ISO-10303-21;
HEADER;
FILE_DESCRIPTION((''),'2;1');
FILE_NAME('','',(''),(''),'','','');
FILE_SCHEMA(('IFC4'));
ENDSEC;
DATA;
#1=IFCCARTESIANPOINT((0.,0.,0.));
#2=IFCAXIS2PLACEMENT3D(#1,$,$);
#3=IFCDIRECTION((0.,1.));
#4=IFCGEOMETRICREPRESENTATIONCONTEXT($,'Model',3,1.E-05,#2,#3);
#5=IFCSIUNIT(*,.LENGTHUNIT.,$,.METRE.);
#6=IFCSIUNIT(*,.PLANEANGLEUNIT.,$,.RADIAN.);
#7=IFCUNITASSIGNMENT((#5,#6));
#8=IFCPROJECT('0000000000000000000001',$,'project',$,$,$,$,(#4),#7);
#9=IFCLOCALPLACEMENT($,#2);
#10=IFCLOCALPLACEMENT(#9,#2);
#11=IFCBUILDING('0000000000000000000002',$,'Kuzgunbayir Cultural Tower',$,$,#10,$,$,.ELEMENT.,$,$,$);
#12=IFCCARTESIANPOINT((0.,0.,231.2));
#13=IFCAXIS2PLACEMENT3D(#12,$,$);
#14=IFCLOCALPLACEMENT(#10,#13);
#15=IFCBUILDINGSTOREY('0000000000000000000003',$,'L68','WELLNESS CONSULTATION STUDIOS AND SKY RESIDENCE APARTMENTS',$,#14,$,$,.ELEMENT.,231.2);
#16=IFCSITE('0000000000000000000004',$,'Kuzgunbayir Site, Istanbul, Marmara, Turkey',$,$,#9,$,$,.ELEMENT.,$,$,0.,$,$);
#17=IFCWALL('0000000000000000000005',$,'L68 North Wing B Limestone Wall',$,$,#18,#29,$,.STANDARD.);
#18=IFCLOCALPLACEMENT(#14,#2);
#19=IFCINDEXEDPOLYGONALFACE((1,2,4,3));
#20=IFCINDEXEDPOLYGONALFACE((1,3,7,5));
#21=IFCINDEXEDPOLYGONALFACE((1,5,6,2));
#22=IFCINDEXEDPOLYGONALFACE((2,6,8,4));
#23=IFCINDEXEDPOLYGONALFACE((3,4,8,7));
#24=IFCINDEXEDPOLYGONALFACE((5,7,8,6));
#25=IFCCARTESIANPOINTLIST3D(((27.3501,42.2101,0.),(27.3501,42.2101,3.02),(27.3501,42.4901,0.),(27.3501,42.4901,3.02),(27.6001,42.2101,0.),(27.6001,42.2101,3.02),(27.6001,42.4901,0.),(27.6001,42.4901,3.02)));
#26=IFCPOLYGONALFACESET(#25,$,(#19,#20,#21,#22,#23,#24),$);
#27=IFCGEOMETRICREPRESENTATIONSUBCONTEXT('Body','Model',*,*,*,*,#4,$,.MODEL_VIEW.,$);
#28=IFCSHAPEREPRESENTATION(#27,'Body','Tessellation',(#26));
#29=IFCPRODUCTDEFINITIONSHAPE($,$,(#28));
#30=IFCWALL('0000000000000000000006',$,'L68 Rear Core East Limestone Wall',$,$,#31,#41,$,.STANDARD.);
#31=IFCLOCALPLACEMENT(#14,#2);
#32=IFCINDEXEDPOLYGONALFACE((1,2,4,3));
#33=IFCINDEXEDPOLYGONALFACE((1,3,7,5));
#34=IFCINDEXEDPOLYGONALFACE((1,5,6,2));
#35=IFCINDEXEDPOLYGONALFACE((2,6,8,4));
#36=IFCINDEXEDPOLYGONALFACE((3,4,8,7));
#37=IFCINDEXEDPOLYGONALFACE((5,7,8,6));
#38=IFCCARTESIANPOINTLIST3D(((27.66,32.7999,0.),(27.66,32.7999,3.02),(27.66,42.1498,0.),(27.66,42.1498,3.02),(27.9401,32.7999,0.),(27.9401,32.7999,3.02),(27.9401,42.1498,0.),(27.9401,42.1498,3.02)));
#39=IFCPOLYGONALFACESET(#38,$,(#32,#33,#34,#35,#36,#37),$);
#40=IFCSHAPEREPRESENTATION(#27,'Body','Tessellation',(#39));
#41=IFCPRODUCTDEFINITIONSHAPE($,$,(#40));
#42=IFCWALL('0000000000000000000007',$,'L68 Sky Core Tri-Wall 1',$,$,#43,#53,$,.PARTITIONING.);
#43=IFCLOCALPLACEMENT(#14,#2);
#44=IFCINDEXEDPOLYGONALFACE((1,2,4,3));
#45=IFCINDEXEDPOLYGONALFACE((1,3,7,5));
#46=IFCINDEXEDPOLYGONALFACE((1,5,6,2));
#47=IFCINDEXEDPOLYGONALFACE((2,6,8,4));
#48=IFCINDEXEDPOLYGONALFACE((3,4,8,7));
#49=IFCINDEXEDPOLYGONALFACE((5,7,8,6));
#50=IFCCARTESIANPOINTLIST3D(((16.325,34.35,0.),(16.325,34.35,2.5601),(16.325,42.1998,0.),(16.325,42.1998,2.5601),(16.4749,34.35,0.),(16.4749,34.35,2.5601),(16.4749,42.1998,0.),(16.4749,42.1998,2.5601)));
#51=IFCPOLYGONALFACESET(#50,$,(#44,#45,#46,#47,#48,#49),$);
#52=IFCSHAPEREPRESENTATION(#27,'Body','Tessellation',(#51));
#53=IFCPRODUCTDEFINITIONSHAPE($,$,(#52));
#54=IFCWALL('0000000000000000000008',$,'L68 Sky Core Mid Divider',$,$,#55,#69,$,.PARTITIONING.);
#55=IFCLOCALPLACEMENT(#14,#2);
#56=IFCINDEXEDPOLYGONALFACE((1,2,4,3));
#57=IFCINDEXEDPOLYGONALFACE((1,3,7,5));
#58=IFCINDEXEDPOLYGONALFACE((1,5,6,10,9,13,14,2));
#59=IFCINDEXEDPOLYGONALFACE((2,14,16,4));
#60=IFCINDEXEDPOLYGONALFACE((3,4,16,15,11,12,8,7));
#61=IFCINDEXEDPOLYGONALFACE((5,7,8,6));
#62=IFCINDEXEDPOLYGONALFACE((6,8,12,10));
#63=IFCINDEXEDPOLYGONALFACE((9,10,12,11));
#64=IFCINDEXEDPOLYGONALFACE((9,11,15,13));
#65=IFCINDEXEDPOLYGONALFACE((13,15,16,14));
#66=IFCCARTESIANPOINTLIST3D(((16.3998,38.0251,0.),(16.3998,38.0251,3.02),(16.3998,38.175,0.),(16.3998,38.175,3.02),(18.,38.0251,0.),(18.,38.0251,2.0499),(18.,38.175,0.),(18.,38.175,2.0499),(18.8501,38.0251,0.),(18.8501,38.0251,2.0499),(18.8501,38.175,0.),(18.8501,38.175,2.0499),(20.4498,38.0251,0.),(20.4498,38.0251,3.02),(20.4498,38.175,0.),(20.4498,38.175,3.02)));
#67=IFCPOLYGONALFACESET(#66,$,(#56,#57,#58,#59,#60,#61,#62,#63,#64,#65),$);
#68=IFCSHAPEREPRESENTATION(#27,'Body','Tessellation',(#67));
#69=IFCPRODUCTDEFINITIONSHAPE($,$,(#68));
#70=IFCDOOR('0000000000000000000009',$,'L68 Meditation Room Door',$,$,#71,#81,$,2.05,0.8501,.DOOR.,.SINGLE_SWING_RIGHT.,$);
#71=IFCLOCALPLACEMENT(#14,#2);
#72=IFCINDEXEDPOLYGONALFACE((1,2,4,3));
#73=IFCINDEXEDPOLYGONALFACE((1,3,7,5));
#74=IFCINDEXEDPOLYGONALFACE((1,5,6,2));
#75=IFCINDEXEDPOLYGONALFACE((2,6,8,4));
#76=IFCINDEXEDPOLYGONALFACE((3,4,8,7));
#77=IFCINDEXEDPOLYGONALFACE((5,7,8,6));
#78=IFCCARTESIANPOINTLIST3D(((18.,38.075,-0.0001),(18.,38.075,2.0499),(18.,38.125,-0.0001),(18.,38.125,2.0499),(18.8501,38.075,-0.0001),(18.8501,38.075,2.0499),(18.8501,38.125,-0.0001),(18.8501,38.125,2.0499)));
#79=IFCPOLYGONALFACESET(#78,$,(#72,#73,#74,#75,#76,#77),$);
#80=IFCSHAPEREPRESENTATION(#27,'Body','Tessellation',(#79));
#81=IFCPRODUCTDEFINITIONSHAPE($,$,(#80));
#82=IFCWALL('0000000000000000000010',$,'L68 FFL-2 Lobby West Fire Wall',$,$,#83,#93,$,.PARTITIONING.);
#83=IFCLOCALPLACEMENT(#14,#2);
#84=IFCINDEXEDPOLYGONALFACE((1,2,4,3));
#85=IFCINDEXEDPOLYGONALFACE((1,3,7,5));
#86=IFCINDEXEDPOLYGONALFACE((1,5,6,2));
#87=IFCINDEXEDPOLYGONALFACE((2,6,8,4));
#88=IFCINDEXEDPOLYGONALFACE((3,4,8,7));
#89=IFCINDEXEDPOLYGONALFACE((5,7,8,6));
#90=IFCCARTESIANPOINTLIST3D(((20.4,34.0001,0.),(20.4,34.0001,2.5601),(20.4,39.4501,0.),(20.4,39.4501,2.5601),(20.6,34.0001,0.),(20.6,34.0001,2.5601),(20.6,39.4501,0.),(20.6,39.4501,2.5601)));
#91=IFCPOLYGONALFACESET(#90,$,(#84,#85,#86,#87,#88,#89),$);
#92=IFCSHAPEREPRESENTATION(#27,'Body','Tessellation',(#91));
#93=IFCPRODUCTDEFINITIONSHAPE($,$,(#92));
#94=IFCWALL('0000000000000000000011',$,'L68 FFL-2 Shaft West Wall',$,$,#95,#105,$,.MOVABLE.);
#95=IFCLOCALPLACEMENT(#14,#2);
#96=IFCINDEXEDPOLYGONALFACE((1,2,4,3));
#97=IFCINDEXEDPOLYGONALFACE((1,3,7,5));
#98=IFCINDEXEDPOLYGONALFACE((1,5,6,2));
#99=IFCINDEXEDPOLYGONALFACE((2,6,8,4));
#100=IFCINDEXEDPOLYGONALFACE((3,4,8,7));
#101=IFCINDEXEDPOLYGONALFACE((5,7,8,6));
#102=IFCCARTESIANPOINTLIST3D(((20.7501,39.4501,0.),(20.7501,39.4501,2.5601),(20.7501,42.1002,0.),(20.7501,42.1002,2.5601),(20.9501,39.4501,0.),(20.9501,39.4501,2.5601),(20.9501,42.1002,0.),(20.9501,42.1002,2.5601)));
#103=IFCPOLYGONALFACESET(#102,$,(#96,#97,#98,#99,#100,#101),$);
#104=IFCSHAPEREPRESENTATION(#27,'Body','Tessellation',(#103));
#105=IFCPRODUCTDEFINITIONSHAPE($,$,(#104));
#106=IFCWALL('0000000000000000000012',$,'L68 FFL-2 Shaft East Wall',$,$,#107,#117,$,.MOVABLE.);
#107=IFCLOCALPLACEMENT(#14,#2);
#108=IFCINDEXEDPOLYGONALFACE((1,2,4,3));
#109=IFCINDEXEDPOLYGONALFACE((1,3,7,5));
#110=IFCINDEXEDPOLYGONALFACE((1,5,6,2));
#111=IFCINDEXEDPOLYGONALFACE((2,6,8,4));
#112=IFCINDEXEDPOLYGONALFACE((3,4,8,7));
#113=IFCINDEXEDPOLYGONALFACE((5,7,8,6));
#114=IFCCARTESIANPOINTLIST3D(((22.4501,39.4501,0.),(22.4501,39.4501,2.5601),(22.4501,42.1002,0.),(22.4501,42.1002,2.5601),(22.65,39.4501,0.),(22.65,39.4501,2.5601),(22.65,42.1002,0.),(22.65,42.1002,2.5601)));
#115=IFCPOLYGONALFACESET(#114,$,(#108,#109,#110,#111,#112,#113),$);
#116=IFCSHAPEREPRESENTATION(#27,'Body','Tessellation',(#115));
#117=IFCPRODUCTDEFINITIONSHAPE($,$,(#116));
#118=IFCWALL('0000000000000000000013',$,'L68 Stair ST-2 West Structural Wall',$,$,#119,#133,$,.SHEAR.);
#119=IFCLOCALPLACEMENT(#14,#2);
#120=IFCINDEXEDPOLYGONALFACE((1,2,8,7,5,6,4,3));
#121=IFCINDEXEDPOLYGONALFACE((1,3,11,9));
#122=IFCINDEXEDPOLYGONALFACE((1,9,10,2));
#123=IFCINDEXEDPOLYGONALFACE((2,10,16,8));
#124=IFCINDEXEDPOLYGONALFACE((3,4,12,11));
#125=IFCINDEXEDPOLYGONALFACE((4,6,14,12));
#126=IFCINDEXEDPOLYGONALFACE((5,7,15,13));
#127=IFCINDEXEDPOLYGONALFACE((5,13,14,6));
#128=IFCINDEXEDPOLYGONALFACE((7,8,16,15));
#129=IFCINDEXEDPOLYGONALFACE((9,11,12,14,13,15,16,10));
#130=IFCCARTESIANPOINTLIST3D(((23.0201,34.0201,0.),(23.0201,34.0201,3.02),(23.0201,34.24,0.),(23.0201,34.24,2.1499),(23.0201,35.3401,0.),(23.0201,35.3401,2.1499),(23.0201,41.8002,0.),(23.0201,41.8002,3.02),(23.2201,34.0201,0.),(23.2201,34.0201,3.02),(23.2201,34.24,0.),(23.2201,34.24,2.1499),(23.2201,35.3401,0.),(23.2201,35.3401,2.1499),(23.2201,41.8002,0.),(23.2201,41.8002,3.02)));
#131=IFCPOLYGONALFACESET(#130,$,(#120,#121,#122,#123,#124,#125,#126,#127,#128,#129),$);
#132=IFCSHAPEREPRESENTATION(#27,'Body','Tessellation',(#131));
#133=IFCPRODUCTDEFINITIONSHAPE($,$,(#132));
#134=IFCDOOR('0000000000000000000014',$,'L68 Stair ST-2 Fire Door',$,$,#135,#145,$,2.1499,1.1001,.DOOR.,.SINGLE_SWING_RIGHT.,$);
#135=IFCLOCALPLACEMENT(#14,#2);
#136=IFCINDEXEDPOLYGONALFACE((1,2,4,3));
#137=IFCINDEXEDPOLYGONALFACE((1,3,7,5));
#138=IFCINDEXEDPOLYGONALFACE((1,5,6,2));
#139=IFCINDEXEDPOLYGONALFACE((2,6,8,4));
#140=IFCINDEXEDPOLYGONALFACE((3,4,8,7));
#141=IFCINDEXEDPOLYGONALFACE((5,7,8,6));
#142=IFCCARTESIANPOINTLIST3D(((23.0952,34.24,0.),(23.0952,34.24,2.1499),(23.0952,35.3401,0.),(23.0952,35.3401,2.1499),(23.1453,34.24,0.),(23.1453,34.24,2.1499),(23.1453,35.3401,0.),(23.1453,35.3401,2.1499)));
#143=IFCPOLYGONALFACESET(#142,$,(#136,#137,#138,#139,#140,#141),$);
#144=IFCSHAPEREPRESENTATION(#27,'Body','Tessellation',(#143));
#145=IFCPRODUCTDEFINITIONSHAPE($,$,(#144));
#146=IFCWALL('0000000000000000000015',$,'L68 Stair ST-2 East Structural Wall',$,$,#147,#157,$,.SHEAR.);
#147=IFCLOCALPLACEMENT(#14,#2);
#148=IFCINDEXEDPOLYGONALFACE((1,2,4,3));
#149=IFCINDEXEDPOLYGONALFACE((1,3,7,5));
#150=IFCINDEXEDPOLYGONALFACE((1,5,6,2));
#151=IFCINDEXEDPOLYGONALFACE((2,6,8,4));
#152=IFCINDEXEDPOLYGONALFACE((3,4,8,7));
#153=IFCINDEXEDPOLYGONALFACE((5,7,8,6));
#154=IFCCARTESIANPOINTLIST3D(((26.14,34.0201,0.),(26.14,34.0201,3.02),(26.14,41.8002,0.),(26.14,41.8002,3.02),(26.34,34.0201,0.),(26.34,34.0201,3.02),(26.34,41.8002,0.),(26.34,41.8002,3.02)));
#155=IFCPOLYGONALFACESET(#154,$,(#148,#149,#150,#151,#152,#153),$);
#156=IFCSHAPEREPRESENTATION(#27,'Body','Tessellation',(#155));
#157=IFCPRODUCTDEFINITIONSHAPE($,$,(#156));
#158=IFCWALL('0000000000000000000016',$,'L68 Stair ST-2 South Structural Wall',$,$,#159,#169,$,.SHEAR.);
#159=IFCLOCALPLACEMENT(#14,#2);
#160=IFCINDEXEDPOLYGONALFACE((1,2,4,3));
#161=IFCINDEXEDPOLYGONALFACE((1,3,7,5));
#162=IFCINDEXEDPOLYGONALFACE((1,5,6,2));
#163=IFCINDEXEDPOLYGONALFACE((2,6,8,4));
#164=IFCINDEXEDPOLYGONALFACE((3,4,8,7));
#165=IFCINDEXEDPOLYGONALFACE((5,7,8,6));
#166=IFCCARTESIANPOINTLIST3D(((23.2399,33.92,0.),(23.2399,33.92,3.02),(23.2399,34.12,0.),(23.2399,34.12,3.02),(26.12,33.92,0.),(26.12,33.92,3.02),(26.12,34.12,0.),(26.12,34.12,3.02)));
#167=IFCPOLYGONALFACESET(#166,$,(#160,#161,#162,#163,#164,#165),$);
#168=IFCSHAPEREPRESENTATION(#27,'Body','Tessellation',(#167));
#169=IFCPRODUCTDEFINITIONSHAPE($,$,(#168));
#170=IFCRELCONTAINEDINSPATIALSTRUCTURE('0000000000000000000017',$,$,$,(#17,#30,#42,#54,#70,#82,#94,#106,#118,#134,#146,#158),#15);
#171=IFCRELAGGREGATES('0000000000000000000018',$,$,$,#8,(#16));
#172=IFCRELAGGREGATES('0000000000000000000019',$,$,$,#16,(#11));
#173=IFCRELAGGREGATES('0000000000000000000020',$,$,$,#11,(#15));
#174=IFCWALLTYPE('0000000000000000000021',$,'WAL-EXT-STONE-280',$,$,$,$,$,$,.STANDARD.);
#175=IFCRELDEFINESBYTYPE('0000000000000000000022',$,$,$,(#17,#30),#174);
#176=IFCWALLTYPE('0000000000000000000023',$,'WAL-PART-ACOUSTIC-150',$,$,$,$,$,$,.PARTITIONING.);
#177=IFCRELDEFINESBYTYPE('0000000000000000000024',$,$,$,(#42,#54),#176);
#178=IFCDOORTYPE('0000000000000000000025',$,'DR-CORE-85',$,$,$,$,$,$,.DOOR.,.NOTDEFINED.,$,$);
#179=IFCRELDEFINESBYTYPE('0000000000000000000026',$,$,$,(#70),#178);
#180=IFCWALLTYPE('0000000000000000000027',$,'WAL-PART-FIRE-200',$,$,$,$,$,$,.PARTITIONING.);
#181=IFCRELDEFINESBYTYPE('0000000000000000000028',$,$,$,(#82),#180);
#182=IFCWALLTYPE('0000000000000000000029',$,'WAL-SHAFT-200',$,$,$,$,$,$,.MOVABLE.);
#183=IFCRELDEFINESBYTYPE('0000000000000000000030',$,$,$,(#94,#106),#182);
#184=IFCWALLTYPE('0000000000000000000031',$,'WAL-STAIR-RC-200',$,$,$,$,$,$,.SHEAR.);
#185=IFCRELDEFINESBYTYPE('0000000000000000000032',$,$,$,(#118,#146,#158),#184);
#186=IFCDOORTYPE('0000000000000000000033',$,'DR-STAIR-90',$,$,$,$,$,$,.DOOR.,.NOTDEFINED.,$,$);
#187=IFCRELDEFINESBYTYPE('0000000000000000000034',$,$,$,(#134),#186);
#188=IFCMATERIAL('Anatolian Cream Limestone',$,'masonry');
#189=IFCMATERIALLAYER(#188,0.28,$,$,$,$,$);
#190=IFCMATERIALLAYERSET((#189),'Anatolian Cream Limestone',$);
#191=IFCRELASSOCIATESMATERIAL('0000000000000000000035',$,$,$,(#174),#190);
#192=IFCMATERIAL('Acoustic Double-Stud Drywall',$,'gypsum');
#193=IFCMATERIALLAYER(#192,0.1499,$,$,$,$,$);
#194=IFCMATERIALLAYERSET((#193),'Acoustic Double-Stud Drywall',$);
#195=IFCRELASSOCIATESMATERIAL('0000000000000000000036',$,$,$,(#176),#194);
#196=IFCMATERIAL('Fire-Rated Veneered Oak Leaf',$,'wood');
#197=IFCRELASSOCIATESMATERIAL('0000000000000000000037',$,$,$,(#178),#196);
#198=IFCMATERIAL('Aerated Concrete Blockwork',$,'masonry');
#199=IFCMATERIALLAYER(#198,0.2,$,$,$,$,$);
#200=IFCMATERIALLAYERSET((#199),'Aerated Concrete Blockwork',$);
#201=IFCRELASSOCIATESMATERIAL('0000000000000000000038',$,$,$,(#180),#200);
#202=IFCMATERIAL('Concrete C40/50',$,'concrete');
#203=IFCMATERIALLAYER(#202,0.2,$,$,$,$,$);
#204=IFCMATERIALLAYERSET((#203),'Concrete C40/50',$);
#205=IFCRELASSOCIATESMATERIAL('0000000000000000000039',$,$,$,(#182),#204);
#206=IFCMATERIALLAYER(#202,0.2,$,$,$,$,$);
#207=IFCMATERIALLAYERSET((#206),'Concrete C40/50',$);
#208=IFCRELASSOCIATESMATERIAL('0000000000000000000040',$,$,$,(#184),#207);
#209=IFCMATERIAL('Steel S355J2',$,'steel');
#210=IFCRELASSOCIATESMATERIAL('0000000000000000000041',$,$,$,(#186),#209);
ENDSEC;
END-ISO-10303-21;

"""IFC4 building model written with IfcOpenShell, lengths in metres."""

from ifc_helpers import new_model, si_unit, direction, frame, frame_2d, origin, place, context, subcontext, project, spatial, rectangle, extrude, material, layer, layer_set, type_object, element, fill, save


model = new_model("IFC4")

# Units and contexts
model_context = context("Model", 3, precision=1e-05, world=origin(), true_north=direction((0.0, 1.0)))
body_context = subcontext(model_context, "Body", "Model", "MODEL_VIEW")
ifc_project = project(units=[si_unit("LENGTHUNIT", "METRE"), si_unit("PLANEANGLEUNIT", "RADIAN")], contexts=[model_context])

# Site, building, storey
site_placement = place(None, origin())
site = spatial("IfcSite", under=ifc_project, at=site_placement, Name="Kuzgunbayir Site, Istanbul, Marmara, Turkey", CompositionType="ELEMENT", RefElevation=0.0)
building_placement = place(site_placement, origin())
building = spatial("IfcBuilding", under=site, at=building_placement, Name="Kuzgunbayir Cultural Tower", CompositionType="ELEMENT")
storey_placement = place(building_placement, frame((0.0, 0.0, 231.2)))
storey = spatial("IfcBuildingStorey", under=building, at=storey_placement, Name="L68", Description="WELLNESS CONSULTATION STUDIOS AND SKY RESIDENCE APARTMENTS", CompositionType="ELEMENT", Elevation=231.2)

# Shared definitions
ifc_material_1 = material(Name="Steel S355J2", Category="steel")

# Walls
ifc_material_2 = material(Name="Anatolian Cream Limestone", Category="masonry")
ifc_layer_1 = layer(ifc_material_2, 0.28)
ifc_layer_set_1 = layer_set([ifc_layer_1], Name="Anatolian Cream Limestone")
wall_type_1 = type_object("IfcWallType", Name="WAL-EXT-STONE-280", PredefinedType="STANDARD", material=ifc_layer_set_1)
wall_1_placement = place(storey_placement, frame((27.6001, 42.3501, 0.0), z_axis=(0.0, 0.0, 1.0), x_axis=(-1.0, 0.0, 0.0)))
element("IfcWall", 1, at=wall_1_placement, inside=storey, type_object=wall_type_1, Name="L68 North Wing B Limestone Wall", PredefinedType="STANDARD", context=body_context, shape_type="SweptSolid", body=[
    extrude(rectangle(XDim=0.25, YDim=0.28, at=frame_2d((0.125, 0.0))), origin(), (0.0, 0.0, 1.0), 3.02),
])
wall_2_placement = place(storey_placement, frame((27.8, 32.8, 0.0), z_axis=(0.0, 0.0, 1.0), x_axis=(0.0, 1.0, 0.0)))
element("IfcWall", 2, at=wall_2_placement, inside=storey, type_object=wall_type_1, Name="L68 Rear Core East Limestone Wall", PredefinedType="STANDARD", context=body_context, shape_type="SweptSolid", body=[
    extrude(rectangle(XDim=9.3499, YDim=0.28, at=frame_2d((4.6748, 0.0))), origin(), (0.0, 0.0, 1.0), 3.02),
])
ifc_material_3 = material(Name="Acoustic Double-Stud Drywall", Category="gypsum")
ifc_layer_2 = layer(ifc_material_3, 0.1499)
ifc_layer_set_2 = layer_set([ifc_layer_2], Name="Acoustic Double-Stud Drywall")
wall_type_2 = type_object("IfcWallType", Name="WAL-PART-ACOUSTIC-150", PredefinedType="PARTITIONING", material=ifc_layer_set_2)
wall_3_placement = place(storey_placement, frame((16.3999, 34.3501, 0.0), z_axis=(0.0, 0.0, 1.0), x_axis=(0.0, 1.0, 0.0)))
element("IfcWall", 3, at=wall_3_placement, inside=storey, type_object=wall_type_2, Name="L68 Sky Core Tri-Wall 1", PredefinedType="PARTITIONING", context=body_context, shape_type="SweptSolid", body=[
    extrude(rectangle(XDim=7.8499, YDim=0.1499, at=frame_2d((3.9248, 0.0))), origin(), (0.0, 0.0, 1.0), 2.5601),
])

# Wall, opening, door
wall_4_placement = place(storey_placement, frame((16.3999, 38.1001, 0.0), z_axis=(0.0, 0.0, 1.0), x_axis=(1.0, 0.0, 0.0)))
wall_4 = element("IfcWall", 4, at=wall_4_placement, inside=storey, type_object=wall_type_2, Name="L68 Sky Core Mid Divider", PredefinedType="PARTITIONING", context=body_context, shape_type="SweptSolid", body=[
    extrude(rectangle(XDim=4.05, YDim=0.1499, at=frame_2d((2.0249, 0.0))), origin(), (0.0, 0.0, 1.0), 3.02),
])
opening_1_placement = place(wall_4_placement, frame((1.6001, 0.0, 0.0)))
opening_1 = element("IfcOpeningElement", 5, at=opening_1_placement, cuts=wall_4, PredefinedType="OPENING", context=body_context, shape_type="SweptSolid", body=[
    extrude(rectangle(XDim=0.8501, YDim=2.05, at=frame_2d((0.425, 1.0249))), frame((0.0, 0.085, 0.0), z_axis=(0.0, -1.0, 0.0), x_axis=(1.0, 0.0, 0.0)), (0.0, 0.0, 1.0), 0.1699),
])
ifc_material_4 = material(Name="Fire-Rated Veneered Oak Leaf", Category="wood")
door_type_1 = type_object("IfcDoorType", Name="DR-CORE-85", OperationType="NOTDEFINED", PredefinedType="DOOR", material=ifc_material_4)
door_1_placement = place(opening_1_placement, origin())
door_1 = element("IfcDoor", 6, at=door_1_placement, inside=storey, type_object=door_type_1, Name="L68 Meditation Room Door", OperationType="SINGLE_SWING_RIGHT", OverallHeight=2.05, OverallWidth=0.8501, PredefinedType="DOOR", context=body_context, shape_type="SweptSolid", body=[
    extrude(rectangle(XDim=0.8501, YDim=2.05, at=frame_2d((0.425, 1.0249))), frame((0.0, 0.0249, 0.0), z_axis=(0.0, -1.0, 0.0), x_axis=(1.0, 0.0, 0.0)), (0.0, 0.0, 1.0), 0.05),
])
fill(opening_1, door_1)

# Wall
ifc_material_5 = material(Name="Aerated Concrete Blockwork", Category="masonry")
ifc_layer_3 = layer(ifc_material_5, 0.2)
ifc_layer_set_3 = layer_set([ifc_layer_3], Name="Aerated Concrete Blockwork")
wall_type_3 = type_object("IfcWallType", Name="WAL-PART-FIRE-200", PredefinedType="PARTITIONING", material=ifc_layer_set_3)
wall_5_placement = place(storey_placement, frame((20.5, 34.0, 0.0), z_axis=(0.0, 0.0, 1.0), x_axis=(0.0, 1.0, 0.0)))
element("IfcWall", 7, at=wall_5_placement, inside=storey, type_object=wall_type_3, Name="L68 FFL-2 Lobby West Fire Wall", PredefinedType="PARTITIONING", context=body_context, shape_type="SweptSolid", body=[
    extrude(rectangle(XDim=5.45, YDim=0.2, at=frame_2d((2.7251, 0.0))), origin(), (0.0, 0.0, 1.0), 2.5601),
])

# Shared definitions
ifc_material_6 = material(Name="Concrete C40/50", Category="concrete")
ifc_layer_4 = layer(ifc_material_6, 0.2)
ifc_layer_set_4 = layer_set([ifc_layer_4], Name="Concrete C40/50")
wall_type_4 = type_object("IfcWallType", Name="WAL-SHAFT-200", PredefinedType="MOVABLE", material=ifc_layer_set_4)

# Walls
for number, where, z_axis, x_axis, name in (
    (8, (20.8501, 39.45, 0.0), (0.0, 0.0, 1.0), (0.0, 1.0, 0.0), "L68 FFL-2 Shaft West Wall"),
    (9, (22.55, 39.45, 0.0), (0.0, 0.0, 1.0), (0.0, 1.0, 0.0), "L68 FFL-2 Shaft East Wall"),
):
    element("IfcWall", number, at=place(storey_placement, frame(where, z_axis=z_axis, x_axis=x_axis)), inside=storey, type_object=wall_type_4, Name=name, PredefinedType="MOVABLE", context=body_context, shape_type="SweptSolid", body=[
        extrude(rectangle(XDim=2.6501, YDim=0.2, at=frame_2d((1.3252, 0.0))), origin(), (0.0, 0.0, 1.0), 2.5601),
    ])

# Wall, opening, door
ifc_layer_5 = layer(ifc_material_6, 0.2)
ifc_layer_set_5 = layer_set([ifc_layer_5], Name="Concrete C40/50")
wall_type_5 = type_object("IfcWallType", Name="WAL-STAIR-RC-200", PredefinedType="SHEAR", material=ifc_layer_set_5)
wall_6_placement = place(storey_placement, frame((23.1201, 34.02, 0.0), z_axis=(0.0, 0.0, 1.0), x_axis=(0.0, 1.0, 0.0)))
wall_6 = element("IfcWall", 10, at=wall_6_placement, inside=storey, type_object=wall_type_5, Name="L68 Stair ST-2 West Structural Wall", PredefinedType="SHEAR", context=body_context, shape_type="SweptSolid", body=[
    extrude(rectangle(XDim=7.78, YDim=0.2, at=frame_2d((3.8901, 0.0))), origin(), (0.0, 0.0, 1.0), 3.02),
])
opening_2_placement = place(wall_6_placement, frame((0.22, 0.0, 0.0)))
opening_2 = element("IfcOpeningElement", 11, at=opening_2_placement, cuts=wall_6, PredefinedType="OPENING", context=body_context, shape_type="SweptSolid", body=[
    extrude(rectangle(XDim=1.1001, YDim=2.1499, at=frame_2d((0.55, 1.075))), frame((0.0, 0.1099, 0.0), z_axis=(0.0, -1.0, 0.0), x_axis=(1.0, 0.0, 0.0)), (0.0, 0.0, 1.0), 0.22),
])
door_type_2 = type_object("IfcDoorType", Name="DR-STAIR-90", OperationType="NOTDEFINED", PredefinedType="DOOR", material=ifc_material_1)
door_2_placement = place(opening_2_placement, origin())
door_2 = element("IfcDoor", 12, at=door_2_placement, inside=storey, type_object=door_type_2, Name="L68 Stair ST-2 Fire Door", OperationType="SINGLE_SWING_RIGHT", OverallHeight=2.1499, OverallWidth=1.1001, PredefinedType="DOOR", context=body_context, shape_type="SweptSolid", body=[
    extrude(rectangle(XDim=1.1001, YDim=2.1499, at=frame_2d((0.55, 1.075))), frame((0.0, 0.0249, 0.0), z_axis=(0.0, -1.0, 0.0), x_axis=(1.0, 0.0, 0.0)), (0.0, 0.0, 1.0), 0.05),
])
fill(opening_2, door_2)

# Walls
wall_7_placement = place(storey_placement, frame((26.24, 34.02, 0.0), z_axis=(0.0, 0.0, 1.0), x_axis=(0.0, 1.0, 0.0)))
element("IfcWall", 13, at=wall_7_placement, inside=storey, type_object=wall_type_5, Name="L68 Stair ST-2 East Structural Wall", PredefinedType="SHEAR", context=body_context, shape_type="SweptSolid", body=[
    extrude(rectangle(XDim=7.78, YDim=0.2, at=frame_2d((3.8901, 0.0))), origin(), (0.0, 0.0, 1.0), 3.02),
])
wall_8_placement = place(storey_placement, frame((23.24, 34.02, 0.0), z_axis=(0.0, 0.0, 1.0), x_axis=(1.0, 0.0, 0.0)))
element("IfcWall", 14, at=wall_8_placement, inside=storey, type_object=wall_type_5, Name="L68 Stair ST-2 South Structural Wall", PredefinedType="SHEAR", context=body_context, shape_type="SweptSolid", body=[
    extrude(rectangle(XDim=2.8801, YDim=0.2, at=frame_2d((1.4399, 0.0))), origin(), (0.0, 0.0, 1.0), 3.02),
])

save(model, "model.ifc")
